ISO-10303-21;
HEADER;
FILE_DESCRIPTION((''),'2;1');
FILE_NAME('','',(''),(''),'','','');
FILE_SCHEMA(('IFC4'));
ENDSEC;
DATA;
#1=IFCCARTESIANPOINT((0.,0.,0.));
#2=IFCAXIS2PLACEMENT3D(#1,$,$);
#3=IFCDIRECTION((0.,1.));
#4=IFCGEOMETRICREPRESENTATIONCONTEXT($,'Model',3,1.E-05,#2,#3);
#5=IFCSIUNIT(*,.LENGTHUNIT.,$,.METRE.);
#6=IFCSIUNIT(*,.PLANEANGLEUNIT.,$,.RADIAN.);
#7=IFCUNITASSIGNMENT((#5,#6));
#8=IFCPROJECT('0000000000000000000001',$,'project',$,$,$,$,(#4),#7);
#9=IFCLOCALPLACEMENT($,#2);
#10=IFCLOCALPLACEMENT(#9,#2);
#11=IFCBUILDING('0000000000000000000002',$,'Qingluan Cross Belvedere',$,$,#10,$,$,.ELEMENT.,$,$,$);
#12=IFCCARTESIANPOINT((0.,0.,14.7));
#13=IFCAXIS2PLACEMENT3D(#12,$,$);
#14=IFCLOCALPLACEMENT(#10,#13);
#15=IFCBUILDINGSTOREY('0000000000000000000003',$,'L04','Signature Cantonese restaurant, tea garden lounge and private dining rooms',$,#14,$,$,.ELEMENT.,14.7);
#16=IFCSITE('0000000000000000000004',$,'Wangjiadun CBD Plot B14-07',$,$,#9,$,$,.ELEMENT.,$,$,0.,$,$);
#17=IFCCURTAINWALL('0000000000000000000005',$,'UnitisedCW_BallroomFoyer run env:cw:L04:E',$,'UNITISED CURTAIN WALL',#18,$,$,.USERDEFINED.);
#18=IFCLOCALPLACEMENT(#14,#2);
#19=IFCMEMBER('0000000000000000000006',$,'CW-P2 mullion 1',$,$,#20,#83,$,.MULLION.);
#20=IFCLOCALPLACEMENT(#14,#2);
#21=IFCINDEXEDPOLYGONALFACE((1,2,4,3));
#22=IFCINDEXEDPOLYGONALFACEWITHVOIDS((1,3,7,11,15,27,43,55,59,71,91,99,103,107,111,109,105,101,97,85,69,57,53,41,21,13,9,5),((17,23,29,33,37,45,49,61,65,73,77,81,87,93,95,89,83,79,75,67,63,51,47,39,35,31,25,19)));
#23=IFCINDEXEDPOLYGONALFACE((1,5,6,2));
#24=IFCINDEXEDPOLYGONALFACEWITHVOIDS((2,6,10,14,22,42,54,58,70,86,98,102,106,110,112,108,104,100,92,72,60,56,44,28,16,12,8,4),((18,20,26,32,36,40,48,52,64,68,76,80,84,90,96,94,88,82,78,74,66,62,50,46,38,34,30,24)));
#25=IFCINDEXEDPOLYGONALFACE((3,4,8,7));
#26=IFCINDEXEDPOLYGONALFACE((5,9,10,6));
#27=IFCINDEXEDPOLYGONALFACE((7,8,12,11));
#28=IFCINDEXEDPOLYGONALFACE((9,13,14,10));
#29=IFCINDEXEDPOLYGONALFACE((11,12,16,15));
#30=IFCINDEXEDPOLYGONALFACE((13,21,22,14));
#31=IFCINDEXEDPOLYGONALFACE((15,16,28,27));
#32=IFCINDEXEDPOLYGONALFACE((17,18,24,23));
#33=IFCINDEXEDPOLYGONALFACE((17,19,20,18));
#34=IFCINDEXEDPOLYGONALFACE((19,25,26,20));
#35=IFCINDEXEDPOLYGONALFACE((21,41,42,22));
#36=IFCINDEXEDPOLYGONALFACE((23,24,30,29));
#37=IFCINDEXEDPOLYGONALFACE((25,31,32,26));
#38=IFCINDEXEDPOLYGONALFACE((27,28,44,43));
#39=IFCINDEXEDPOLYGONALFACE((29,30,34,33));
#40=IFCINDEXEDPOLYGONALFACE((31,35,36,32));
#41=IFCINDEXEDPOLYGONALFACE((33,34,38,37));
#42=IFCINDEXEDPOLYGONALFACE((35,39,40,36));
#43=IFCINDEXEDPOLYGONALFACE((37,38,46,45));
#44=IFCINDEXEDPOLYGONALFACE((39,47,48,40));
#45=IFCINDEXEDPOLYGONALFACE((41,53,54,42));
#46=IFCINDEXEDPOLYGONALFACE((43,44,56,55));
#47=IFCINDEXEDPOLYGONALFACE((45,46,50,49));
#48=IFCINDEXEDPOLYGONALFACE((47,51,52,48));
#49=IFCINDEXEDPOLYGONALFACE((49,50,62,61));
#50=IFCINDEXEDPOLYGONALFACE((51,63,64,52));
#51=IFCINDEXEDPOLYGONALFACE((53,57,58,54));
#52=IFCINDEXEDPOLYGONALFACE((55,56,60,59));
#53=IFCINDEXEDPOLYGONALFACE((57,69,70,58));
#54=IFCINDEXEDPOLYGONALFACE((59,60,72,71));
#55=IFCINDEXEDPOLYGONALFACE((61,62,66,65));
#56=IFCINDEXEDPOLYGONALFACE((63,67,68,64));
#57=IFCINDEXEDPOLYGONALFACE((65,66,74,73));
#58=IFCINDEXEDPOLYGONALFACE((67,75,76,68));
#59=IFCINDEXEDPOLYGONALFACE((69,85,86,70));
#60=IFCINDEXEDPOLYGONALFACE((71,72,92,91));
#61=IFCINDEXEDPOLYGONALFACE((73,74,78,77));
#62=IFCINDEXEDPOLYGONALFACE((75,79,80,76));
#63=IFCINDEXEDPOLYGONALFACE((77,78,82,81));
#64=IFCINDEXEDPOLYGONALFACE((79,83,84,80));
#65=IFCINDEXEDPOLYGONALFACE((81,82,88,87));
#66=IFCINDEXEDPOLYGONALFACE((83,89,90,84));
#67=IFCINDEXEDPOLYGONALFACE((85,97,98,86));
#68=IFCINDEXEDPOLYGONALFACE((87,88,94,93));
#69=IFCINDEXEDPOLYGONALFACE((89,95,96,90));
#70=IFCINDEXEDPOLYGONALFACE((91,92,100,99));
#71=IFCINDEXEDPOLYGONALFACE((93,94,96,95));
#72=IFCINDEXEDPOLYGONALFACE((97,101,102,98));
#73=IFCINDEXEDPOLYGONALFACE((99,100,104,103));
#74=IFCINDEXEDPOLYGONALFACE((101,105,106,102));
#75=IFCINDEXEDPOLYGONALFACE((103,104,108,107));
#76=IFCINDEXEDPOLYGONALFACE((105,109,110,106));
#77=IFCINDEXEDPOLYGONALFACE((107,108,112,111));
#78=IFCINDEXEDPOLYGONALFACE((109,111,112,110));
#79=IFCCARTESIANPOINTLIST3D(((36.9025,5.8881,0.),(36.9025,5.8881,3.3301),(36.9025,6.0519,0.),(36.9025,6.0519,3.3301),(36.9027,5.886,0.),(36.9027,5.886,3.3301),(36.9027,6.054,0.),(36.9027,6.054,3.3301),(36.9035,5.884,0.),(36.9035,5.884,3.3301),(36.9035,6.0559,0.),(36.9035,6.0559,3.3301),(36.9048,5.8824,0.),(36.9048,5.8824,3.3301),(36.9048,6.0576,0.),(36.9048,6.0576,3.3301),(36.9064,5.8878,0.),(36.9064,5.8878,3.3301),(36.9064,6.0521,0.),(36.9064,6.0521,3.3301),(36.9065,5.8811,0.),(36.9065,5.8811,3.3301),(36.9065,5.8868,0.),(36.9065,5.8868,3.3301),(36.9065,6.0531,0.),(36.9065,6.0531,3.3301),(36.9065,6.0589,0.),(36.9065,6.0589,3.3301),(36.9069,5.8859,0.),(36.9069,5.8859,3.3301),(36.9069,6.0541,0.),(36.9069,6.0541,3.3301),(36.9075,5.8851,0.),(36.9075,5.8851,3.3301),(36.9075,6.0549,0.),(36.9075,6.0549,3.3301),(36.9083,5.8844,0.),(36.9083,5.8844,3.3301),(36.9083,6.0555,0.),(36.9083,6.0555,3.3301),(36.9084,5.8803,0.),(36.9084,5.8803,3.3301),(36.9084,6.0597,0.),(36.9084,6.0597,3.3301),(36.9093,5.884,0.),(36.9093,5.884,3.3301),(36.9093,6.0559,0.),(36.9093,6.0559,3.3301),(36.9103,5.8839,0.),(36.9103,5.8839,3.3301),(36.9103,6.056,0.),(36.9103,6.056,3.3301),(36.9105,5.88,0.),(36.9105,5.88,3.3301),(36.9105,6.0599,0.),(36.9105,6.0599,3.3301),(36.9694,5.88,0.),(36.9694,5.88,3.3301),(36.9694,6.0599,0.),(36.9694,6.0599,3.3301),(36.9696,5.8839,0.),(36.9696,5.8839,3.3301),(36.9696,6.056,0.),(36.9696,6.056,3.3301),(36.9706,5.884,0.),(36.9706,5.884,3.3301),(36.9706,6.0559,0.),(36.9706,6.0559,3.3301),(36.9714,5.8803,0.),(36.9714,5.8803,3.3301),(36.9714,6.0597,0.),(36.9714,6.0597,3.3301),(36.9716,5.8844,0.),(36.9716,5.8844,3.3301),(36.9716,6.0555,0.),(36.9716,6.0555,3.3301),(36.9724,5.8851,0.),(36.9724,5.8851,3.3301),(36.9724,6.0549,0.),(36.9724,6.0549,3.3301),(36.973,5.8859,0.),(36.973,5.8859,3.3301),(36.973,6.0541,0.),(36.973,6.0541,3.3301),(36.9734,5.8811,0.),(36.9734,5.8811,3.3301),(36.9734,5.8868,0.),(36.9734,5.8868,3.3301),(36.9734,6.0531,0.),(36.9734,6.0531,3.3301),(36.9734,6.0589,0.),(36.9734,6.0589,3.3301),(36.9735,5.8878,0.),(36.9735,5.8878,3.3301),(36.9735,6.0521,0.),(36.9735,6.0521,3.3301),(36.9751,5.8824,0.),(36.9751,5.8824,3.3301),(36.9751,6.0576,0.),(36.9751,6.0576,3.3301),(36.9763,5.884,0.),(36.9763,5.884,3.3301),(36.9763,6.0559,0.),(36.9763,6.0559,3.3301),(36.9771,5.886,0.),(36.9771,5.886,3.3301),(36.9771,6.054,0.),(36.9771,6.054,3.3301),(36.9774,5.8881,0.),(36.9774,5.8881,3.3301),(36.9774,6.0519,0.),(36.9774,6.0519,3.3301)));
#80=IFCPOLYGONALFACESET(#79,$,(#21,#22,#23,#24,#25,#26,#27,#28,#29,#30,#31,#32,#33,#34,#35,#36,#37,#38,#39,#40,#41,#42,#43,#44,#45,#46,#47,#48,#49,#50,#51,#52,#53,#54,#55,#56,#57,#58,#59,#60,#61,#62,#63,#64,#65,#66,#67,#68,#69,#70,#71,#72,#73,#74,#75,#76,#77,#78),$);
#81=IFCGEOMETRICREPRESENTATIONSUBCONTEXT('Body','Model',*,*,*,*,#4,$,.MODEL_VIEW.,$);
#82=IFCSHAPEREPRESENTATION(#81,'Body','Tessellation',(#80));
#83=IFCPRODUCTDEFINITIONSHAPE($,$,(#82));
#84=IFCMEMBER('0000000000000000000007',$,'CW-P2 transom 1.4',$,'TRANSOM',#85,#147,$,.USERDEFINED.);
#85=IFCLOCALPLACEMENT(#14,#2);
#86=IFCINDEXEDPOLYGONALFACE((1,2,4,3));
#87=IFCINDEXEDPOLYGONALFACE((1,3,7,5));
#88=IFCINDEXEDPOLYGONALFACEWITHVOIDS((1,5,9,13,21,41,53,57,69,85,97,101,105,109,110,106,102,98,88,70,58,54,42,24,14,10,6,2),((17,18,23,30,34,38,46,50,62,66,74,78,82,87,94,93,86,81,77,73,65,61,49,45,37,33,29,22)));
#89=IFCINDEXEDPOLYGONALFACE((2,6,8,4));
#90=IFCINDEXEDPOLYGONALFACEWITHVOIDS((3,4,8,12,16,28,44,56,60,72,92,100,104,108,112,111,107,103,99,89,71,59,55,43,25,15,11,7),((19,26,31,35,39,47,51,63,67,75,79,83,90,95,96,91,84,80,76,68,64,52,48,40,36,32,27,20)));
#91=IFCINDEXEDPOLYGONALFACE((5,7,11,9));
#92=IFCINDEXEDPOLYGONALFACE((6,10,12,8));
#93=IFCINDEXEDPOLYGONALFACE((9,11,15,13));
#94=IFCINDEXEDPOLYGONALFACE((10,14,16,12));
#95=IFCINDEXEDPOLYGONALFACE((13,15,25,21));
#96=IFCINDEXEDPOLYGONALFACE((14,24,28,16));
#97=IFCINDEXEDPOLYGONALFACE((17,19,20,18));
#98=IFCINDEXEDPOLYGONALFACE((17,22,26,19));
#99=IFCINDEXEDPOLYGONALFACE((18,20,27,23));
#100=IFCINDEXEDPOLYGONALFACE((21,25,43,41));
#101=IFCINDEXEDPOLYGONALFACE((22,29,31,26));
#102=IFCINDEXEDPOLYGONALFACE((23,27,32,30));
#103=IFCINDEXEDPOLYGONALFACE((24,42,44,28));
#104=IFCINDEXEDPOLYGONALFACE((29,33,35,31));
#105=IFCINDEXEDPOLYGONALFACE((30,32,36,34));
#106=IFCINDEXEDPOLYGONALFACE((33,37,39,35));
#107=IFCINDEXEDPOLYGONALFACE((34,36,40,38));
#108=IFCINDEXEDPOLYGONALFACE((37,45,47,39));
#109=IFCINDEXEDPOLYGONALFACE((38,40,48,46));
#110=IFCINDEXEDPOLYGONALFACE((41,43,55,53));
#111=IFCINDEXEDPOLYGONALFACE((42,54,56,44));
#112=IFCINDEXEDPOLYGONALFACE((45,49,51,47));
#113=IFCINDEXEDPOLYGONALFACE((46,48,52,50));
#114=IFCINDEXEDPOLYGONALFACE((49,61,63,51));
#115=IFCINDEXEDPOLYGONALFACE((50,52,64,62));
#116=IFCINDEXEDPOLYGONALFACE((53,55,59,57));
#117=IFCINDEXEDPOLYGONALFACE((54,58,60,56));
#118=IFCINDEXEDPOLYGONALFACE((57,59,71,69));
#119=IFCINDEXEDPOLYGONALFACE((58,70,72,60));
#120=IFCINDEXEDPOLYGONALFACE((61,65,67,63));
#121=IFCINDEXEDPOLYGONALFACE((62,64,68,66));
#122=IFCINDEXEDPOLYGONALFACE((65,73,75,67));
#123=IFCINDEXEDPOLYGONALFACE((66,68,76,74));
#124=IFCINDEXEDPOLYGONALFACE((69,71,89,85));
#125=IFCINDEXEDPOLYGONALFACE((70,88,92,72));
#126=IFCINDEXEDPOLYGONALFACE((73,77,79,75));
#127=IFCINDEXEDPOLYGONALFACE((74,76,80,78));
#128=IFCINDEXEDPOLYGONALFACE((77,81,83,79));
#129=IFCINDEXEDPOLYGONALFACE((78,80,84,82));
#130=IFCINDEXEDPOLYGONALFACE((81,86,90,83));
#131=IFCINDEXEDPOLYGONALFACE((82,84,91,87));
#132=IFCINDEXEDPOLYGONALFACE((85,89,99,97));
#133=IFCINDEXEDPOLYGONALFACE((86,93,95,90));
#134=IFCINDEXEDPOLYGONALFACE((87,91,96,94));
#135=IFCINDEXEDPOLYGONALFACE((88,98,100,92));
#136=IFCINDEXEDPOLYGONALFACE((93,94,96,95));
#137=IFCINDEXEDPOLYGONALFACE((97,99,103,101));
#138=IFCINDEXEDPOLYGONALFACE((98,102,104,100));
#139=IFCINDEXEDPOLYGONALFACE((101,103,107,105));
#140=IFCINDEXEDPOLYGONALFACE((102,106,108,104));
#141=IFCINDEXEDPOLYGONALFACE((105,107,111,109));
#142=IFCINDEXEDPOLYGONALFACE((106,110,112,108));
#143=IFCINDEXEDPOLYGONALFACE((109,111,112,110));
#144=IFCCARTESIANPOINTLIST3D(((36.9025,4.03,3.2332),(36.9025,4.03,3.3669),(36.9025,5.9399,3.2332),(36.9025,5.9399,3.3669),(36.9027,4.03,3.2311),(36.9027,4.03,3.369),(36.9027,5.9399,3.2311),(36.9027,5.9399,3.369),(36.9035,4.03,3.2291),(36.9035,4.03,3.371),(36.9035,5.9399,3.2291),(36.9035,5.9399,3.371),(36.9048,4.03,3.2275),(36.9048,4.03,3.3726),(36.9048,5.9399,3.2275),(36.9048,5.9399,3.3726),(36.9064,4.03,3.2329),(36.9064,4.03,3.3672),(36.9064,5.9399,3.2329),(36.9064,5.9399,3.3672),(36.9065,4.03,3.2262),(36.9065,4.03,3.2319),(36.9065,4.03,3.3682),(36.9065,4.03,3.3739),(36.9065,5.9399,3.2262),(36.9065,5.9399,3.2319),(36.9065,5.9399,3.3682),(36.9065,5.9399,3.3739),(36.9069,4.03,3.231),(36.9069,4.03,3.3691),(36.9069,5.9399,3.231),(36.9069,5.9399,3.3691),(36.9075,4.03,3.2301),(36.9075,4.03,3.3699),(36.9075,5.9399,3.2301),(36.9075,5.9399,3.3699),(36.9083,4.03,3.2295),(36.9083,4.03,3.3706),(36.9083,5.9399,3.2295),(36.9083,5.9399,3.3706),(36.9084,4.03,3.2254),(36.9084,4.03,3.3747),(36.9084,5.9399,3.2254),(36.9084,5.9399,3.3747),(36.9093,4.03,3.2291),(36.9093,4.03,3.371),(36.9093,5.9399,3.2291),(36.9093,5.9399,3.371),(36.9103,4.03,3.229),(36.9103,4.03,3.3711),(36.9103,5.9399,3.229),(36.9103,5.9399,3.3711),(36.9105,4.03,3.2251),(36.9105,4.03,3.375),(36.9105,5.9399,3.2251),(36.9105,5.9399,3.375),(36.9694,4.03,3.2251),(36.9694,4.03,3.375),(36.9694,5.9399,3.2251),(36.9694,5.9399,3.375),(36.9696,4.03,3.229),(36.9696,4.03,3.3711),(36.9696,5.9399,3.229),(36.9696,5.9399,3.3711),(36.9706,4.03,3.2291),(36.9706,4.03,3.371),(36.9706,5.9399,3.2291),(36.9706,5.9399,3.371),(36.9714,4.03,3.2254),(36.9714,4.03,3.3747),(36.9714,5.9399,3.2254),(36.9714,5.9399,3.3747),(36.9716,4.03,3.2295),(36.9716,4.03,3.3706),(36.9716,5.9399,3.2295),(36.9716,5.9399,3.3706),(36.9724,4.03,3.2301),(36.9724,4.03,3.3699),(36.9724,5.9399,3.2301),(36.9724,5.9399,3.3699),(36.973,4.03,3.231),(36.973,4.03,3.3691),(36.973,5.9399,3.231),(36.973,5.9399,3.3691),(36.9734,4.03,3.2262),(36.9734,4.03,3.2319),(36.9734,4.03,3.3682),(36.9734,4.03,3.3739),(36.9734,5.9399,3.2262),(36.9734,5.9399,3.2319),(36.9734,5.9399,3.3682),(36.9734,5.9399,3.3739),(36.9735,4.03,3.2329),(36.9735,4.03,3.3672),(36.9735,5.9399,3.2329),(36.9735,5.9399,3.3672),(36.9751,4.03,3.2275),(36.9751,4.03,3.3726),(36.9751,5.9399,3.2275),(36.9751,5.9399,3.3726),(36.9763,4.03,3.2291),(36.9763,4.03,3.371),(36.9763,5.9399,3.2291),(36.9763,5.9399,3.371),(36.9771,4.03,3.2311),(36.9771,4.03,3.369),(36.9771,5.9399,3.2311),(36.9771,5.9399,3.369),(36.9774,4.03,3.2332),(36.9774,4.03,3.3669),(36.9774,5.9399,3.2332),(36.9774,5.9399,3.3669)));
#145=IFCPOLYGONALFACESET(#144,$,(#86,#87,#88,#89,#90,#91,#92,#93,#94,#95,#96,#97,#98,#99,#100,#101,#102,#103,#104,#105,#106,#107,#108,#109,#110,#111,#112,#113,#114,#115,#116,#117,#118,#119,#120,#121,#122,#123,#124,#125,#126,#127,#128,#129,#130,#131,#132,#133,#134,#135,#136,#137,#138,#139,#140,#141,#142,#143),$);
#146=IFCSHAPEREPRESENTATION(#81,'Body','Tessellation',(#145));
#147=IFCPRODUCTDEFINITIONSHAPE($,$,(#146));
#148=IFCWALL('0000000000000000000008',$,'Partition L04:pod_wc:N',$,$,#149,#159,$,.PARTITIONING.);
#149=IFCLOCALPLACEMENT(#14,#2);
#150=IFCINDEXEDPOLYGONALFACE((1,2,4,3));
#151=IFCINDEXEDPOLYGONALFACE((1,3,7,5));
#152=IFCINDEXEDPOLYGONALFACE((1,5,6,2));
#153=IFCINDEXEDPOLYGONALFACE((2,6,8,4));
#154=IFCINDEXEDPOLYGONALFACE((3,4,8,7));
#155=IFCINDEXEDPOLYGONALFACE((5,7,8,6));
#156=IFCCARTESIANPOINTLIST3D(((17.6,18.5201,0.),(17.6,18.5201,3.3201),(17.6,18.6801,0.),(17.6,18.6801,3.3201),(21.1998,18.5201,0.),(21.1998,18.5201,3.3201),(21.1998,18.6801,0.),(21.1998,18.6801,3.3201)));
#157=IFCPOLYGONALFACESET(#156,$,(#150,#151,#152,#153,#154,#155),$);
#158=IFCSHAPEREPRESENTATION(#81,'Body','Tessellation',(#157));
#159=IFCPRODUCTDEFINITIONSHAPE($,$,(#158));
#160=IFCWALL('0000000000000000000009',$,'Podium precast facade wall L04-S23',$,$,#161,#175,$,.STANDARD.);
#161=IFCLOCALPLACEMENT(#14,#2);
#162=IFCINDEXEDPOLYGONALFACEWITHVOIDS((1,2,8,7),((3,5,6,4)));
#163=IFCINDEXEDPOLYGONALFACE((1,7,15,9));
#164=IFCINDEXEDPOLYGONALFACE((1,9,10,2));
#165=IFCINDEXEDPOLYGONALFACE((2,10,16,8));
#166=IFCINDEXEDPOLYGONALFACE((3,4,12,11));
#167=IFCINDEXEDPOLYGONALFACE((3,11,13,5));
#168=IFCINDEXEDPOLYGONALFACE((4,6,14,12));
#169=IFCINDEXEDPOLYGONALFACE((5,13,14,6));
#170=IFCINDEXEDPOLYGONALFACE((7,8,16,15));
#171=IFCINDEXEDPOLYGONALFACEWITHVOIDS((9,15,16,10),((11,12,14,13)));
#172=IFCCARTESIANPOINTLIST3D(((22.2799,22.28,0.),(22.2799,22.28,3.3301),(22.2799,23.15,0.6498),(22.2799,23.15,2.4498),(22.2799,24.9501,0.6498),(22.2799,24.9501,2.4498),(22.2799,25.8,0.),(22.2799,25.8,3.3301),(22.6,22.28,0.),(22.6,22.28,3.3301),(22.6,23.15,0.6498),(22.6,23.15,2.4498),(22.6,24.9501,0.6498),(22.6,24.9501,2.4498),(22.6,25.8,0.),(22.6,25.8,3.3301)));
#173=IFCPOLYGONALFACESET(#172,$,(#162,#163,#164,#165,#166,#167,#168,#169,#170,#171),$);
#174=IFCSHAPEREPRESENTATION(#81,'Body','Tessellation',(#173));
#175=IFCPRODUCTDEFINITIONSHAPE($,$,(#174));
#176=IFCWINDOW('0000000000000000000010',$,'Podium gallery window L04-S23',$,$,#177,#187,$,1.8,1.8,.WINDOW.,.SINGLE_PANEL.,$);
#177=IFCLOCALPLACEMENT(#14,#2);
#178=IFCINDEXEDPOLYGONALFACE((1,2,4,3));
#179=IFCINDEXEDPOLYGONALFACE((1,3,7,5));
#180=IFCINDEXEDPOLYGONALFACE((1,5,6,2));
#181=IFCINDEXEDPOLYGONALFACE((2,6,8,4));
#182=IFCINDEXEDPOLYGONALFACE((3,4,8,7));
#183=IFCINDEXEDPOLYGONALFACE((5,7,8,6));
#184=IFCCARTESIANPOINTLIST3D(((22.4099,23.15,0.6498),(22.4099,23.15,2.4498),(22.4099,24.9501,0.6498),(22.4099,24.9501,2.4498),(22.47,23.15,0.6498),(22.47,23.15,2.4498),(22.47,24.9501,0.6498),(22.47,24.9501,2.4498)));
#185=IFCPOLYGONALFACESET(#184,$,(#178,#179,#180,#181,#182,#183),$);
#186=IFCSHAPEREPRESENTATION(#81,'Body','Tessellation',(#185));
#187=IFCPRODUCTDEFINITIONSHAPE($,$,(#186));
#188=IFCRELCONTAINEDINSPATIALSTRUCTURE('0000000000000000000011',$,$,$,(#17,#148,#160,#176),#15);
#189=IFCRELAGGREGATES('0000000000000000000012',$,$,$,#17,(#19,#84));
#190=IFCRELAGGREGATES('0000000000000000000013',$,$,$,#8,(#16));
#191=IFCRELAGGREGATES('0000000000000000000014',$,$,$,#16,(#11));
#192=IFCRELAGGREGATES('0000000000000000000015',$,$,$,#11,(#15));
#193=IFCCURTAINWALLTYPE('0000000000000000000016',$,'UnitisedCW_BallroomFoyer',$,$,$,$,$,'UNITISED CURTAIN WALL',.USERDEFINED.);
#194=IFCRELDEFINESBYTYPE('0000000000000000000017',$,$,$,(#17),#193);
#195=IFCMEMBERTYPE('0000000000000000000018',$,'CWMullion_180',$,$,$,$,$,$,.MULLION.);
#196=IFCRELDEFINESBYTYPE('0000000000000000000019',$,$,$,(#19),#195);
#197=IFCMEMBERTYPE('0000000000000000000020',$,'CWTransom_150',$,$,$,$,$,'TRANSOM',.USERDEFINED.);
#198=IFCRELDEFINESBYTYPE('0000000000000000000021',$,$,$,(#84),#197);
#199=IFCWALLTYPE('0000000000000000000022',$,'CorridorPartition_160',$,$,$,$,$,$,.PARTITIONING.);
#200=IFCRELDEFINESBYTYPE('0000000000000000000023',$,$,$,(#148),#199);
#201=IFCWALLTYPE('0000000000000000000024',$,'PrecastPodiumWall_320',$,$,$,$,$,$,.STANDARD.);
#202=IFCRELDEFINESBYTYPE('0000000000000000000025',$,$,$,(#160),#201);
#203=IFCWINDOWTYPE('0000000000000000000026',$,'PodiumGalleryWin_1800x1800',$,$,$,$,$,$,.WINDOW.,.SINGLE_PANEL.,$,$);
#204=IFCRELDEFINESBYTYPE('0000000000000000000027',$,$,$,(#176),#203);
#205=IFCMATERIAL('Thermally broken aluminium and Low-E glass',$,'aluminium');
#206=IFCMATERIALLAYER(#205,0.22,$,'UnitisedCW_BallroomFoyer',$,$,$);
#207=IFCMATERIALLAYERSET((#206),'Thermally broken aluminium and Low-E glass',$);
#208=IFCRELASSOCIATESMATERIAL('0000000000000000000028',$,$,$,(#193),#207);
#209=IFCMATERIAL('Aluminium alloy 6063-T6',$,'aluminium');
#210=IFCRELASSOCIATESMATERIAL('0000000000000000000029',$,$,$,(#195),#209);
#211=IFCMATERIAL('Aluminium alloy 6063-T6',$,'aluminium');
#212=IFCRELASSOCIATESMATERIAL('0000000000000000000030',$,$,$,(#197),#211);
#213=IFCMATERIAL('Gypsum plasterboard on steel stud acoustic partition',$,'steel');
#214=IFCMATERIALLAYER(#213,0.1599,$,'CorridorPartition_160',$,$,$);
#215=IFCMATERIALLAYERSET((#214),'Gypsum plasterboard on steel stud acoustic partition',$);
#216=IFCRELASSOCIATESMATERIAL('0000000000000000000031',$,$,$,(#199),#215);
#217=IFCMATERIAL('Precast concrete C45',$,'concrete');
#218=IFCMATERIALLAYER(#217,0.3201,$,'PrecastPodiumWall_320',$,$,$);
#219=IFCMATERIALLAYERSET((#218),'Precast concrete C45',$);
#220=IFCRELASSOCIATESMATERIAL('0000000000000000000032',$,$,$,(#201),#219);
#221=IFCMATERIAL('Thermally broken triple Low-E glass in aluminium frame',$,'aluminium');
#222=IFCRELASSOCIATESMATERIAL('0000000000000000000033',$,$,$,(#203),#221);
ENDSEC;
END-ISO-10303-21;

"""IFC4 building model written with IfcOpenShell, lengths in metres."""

from ifc_helpers import new_model, si_unit, direction, frame, frame_2d, origin, origin_2d, place, context, subcontext, project, spatial, rectangle, hollow_rectangle, extrude, material, layer, layer_set, material_profile, profile_set, type_object, element, fill, aggregate, save


model = new_model("IFC4")

# Units and contexts
model_context = context("Model", 3, precision=1e-05, world=origin(), true_north=direction((0.0, 1.0)))
body_context = subcontext(model_context, "Body", "Model", "MODEL_VIEW")
ifc_project = project(units=[si_unit("LENGTHUNIT", "METRE"), si_unit("PLANEANGLEUNIT", "RADIAN")], contexts=[model_context])

# Site, building, storey
site_placement = place(None, origin())
site = spatial("IfcSite", under=ifc_project, at=site_placement, Name="Wangjiadun CBD Plot B14-07", CompositionType="ELEMENT", RefElevation=0.0)
building_placement = place(site_placement, origin())
building = spatial("IfcBuilding", under=site, at=building_placement, Name="Qingluan Cross Belvedere", CompositionType="ELEMENT")
storey_placement = place(building_placement, frame((0.0, 0.0, 14.7)))
storey = spatial("IfcBuildingStorey", under=building, at=storey_placement, Name="L04", Description="Signature Cantonese restaurant, tea garden lounge and private dining rooms", CompositionType="ELEMENT", Elevation=14.7)

# Curtain wall, members
ifc_material_1 = material(Name="Thermally broken aluminium and Low-E glass", Category="aluminium")
ifc_layer_1 = layer(ifc_material_1, 0.22, Name="UnitisedCW_BallroomFoyer")
ifc_layer_set_1 = layer_set([ifc_layer_1], Name="Thermally broken aluminium and Low-E glass")
curtain_wall_type = type_object("IfcCurtainWallType", Name="UnitisedCW_BallroomFoyer", ElementType="UNITISED CURTAIN WALL", PredefinedType="USERDEFINED", material=ifc_layer_set_1)
curtain_wall_placement = place(storey_placement, origin())
curtain_wall = element("IfcCurtainWall", 1, at=curtain_wall_placement, inside=storey, type_object=curtain_wall_type, Name="UnitisedCW_BallroomFoyer run env:cw:L04:E", ObjectType="UNITISED CURTAIN WALL", PredefinedType="USERDEFINED")
ifc_material_2 = material(Name="Aluminium alloy 6063-T6", Category="aluminium")
ifc_material_profile_1 = material_profile(ifc_material_2, hollow_rectangle(XDim=0.075, YDim=0.1799, WallThickness=0.0039, InnerFilletRadius=0.0039, OuterFilletRadius=0.0081, at=origin_2d()), Name="CWM180x75x4")
ifc_profile_set_1 = profile_set([ifc_material_profile_1], Name="Aluminium alloy 6063-T6")
member_type_1 = type_object("IfcMemberType", Name="CWMullion_180", PredefinedType="MULLION", material=ifc_profile_set_1)
member_1_placement = place(storey_placement, frame((36.9399, 5.97, 0.0), z_axis=(0.0, 0.0, 1.0), x_axis=(1.0, 0.0, 0.0)))
member_1 = element("IfcMember", 2, at=member_1_placement, type_object=member_type_1, Name="CW-P2 mullion 1", PredefinedType="MULLION", context=body_context, shape_type="SweptSolid", body=[
    extrude(hollow_rectangle(XDim=0.075, YDim=0.1799, WallThickness=0.0039, InnerFilletRadius=0.0039, OuterFilletRadius=0.0081, at=origin_2d()), origin(), (0.0, 0.0, 1.0), 3.3301),
])
ifc_material_3 = material(Name="Aluminium alloy 6063-T6", Category="aluminium")
ifc_material_profile_2 = material_profile(ifc_material_3, hollow_rectangle(XDim=0.075, YDim=0.1499, WallThickness=0.0039, InnerFilletRadius=0.0039, OuterFilletRadius=0.0081, at=origin_2d()), Name="CWT150x75x4")
ifc_profile_set_2 = profile_set([ifc_material_profile_2], Name="Aluminium alloy 6063-T6")
member_type_2 = type_object("IfcMemberType", Name="CWTransom_150", ElementType="TRANSOM", PredefinedType="USERDEFINED", material=ifc_profile_set_2)
member_2_placement = place(storey_placement, frame((36.9399, 5.9399, 3.3), z_axis=(0.0, -1.0, 0.0), x_axis=(1.0, 0.0, 0.0)))
member_2 = element("IfcMember", 3, at=member_2_placement, type_object=member_type_2, Name="CW-P2 transom 1.4", ObjectType="TRANSOM", PredefinedType="USERDEFINED", context=body_context, shape_type="SweptSolid", body=[
    extrude(hollow_rectangle(XDim=0.075, YDim=0.1499, WallThickness=0.0039, InnerFilletRadius=0.0039, OuterFilletRadius=0.0081, at=origin_2d()), origin(), (0.0, 0.0, 1.0), 1.9099),
])
aggregate(curtain_wall, [member_1, member_2])

# Shared definitions
ifc_material_4 = material(Name="Gypsum plasterboard on steel stud acoustic partition", Category="steel")
ifc_layer_2 = layer(ifc_material_4, 0.1599, Name="CorridorPartition_160")
ifc_layer_set_2 = layer_set([ifc_layer_2], Name="Gypsum plasterboard on steel stud acoustic partition")
wall_type_1 = type_object("IfcWallType", Name="CorridorPartition_160", PredefinedType="PARTITIONING", material=ifc_layer_set_2)

# Wall
wall_1_placement = place(storey_placement, frame((17.6001, 18.6001, 0.0), z_axis=(0.0, 0.0, 1.0), x_axis=(1.0, 0.0, 0.0)))
element("IfcWall", 4, at=wall_1_placement, inside=storey, type_object=wall_type_1, Name="Partition L04:pod_wc:N", PredefinedType="PARTITIONING", context=body_context, shape_type="SweptSolid", body=[
    extrude(rectangle(XDim=3.5999, YDim=0.1599, at=frame_2d((1.7998, 0.0))), origin(), (0.0, 0.0, 1.0), 3.3201),
])

# Wall, opening, window
ifc_material_5 = material(Name="Precast concrete C45", Category="concrete")
ifc_layer_3 = layer(ifc_material_5, 0.3201, Name="PrecastPodiumWall_320")
ifc_layer_set_3 = layer_set([ifc_layer_3], Name="Precast concrete C45")
wall_type_2 = type_object("IfcWallType", Name="PrecastPodiumWall_320", PredefinedType="STANDARD", material=ifc_layer_set_3)
wall_2_placement = place(storey_placement, frame((22.4399, 25.8, 0.0), z_axis=(0.0, 0.0, 1.0), x_axis=(0.0, -1.0, 0.0)))
wall_2 = element("IfcWall", 5, at=wall_2_placement, inside=storey, type_object=wall_type_2, Name="Podium precast facade wall L04-S23", PredefinedType="STANDARD", context=body_context, shape_type="SweptSolid", body=[
    extrude(rectangle(XDim=3.52, YDim=0.3201, at=frame_2d((1.76, 0.0))), origin(), (0.0, 0.0, 1.0), 3.3301),
])
opening_1_placement = place(wall_2_placement, frame((0.8501, 0.0, 0.6499)))
opening_1 = element("IfcOpeningElement", 6, at=opening_1_placement, cuts=wall_2, PredefinedType="OPENING", context=body_context, shape_type="SweptSolid", body=[
    extrude(rectangle(XDim=1.8, YDim=1.8, at=frame_2d((0.8999, 0.8999))), frame((0.0, 0.1699, 0.0), z_axis=(0.0, -1.0, 0.0), x_axis=(1.0, 0.0, 0.0)), (0.0, 0.0, 1.0), 0.3401),
])
ifc_material_6 = material(Name="Thermally broken triple Low-E glass in aluminium frame", Category="aluminium")
window_type = type_object("IfcWindowType", Name="PodiumGalleryWin_1800x1800", PartitioningType="SINGLE_PANEL", PredefinedType="WINDOW", material=ifc_material_6)
window_1_placement = place(opening_1_placement, origin())
window_1 = element("IfcWindow", 7, at=window_1_placement, inside=storey, type_object=window_type, Name="Podium gallery window L04-S23", OverallHeight=1.8, OverallWidth=1.8, PartitioningType="SINGLE_PANEL", PredefinedType="WINDOW", context=body_context, shape_type="SweptSolid", body=[
    extrude(rectangle(XDim=1.8, YDim=1.8, at=frame_2d((0.8999, 0.8999))), frame((0.0, 0.03, 0.0), z_axis=(0.0, -1.0, 0.0), x_axis=(1.0, 0.0, 0.0)), (0.0, 0.0, 1.0), 0.0601),
])
fill(opening_1, window_1)

save(model, "model.ifc")
